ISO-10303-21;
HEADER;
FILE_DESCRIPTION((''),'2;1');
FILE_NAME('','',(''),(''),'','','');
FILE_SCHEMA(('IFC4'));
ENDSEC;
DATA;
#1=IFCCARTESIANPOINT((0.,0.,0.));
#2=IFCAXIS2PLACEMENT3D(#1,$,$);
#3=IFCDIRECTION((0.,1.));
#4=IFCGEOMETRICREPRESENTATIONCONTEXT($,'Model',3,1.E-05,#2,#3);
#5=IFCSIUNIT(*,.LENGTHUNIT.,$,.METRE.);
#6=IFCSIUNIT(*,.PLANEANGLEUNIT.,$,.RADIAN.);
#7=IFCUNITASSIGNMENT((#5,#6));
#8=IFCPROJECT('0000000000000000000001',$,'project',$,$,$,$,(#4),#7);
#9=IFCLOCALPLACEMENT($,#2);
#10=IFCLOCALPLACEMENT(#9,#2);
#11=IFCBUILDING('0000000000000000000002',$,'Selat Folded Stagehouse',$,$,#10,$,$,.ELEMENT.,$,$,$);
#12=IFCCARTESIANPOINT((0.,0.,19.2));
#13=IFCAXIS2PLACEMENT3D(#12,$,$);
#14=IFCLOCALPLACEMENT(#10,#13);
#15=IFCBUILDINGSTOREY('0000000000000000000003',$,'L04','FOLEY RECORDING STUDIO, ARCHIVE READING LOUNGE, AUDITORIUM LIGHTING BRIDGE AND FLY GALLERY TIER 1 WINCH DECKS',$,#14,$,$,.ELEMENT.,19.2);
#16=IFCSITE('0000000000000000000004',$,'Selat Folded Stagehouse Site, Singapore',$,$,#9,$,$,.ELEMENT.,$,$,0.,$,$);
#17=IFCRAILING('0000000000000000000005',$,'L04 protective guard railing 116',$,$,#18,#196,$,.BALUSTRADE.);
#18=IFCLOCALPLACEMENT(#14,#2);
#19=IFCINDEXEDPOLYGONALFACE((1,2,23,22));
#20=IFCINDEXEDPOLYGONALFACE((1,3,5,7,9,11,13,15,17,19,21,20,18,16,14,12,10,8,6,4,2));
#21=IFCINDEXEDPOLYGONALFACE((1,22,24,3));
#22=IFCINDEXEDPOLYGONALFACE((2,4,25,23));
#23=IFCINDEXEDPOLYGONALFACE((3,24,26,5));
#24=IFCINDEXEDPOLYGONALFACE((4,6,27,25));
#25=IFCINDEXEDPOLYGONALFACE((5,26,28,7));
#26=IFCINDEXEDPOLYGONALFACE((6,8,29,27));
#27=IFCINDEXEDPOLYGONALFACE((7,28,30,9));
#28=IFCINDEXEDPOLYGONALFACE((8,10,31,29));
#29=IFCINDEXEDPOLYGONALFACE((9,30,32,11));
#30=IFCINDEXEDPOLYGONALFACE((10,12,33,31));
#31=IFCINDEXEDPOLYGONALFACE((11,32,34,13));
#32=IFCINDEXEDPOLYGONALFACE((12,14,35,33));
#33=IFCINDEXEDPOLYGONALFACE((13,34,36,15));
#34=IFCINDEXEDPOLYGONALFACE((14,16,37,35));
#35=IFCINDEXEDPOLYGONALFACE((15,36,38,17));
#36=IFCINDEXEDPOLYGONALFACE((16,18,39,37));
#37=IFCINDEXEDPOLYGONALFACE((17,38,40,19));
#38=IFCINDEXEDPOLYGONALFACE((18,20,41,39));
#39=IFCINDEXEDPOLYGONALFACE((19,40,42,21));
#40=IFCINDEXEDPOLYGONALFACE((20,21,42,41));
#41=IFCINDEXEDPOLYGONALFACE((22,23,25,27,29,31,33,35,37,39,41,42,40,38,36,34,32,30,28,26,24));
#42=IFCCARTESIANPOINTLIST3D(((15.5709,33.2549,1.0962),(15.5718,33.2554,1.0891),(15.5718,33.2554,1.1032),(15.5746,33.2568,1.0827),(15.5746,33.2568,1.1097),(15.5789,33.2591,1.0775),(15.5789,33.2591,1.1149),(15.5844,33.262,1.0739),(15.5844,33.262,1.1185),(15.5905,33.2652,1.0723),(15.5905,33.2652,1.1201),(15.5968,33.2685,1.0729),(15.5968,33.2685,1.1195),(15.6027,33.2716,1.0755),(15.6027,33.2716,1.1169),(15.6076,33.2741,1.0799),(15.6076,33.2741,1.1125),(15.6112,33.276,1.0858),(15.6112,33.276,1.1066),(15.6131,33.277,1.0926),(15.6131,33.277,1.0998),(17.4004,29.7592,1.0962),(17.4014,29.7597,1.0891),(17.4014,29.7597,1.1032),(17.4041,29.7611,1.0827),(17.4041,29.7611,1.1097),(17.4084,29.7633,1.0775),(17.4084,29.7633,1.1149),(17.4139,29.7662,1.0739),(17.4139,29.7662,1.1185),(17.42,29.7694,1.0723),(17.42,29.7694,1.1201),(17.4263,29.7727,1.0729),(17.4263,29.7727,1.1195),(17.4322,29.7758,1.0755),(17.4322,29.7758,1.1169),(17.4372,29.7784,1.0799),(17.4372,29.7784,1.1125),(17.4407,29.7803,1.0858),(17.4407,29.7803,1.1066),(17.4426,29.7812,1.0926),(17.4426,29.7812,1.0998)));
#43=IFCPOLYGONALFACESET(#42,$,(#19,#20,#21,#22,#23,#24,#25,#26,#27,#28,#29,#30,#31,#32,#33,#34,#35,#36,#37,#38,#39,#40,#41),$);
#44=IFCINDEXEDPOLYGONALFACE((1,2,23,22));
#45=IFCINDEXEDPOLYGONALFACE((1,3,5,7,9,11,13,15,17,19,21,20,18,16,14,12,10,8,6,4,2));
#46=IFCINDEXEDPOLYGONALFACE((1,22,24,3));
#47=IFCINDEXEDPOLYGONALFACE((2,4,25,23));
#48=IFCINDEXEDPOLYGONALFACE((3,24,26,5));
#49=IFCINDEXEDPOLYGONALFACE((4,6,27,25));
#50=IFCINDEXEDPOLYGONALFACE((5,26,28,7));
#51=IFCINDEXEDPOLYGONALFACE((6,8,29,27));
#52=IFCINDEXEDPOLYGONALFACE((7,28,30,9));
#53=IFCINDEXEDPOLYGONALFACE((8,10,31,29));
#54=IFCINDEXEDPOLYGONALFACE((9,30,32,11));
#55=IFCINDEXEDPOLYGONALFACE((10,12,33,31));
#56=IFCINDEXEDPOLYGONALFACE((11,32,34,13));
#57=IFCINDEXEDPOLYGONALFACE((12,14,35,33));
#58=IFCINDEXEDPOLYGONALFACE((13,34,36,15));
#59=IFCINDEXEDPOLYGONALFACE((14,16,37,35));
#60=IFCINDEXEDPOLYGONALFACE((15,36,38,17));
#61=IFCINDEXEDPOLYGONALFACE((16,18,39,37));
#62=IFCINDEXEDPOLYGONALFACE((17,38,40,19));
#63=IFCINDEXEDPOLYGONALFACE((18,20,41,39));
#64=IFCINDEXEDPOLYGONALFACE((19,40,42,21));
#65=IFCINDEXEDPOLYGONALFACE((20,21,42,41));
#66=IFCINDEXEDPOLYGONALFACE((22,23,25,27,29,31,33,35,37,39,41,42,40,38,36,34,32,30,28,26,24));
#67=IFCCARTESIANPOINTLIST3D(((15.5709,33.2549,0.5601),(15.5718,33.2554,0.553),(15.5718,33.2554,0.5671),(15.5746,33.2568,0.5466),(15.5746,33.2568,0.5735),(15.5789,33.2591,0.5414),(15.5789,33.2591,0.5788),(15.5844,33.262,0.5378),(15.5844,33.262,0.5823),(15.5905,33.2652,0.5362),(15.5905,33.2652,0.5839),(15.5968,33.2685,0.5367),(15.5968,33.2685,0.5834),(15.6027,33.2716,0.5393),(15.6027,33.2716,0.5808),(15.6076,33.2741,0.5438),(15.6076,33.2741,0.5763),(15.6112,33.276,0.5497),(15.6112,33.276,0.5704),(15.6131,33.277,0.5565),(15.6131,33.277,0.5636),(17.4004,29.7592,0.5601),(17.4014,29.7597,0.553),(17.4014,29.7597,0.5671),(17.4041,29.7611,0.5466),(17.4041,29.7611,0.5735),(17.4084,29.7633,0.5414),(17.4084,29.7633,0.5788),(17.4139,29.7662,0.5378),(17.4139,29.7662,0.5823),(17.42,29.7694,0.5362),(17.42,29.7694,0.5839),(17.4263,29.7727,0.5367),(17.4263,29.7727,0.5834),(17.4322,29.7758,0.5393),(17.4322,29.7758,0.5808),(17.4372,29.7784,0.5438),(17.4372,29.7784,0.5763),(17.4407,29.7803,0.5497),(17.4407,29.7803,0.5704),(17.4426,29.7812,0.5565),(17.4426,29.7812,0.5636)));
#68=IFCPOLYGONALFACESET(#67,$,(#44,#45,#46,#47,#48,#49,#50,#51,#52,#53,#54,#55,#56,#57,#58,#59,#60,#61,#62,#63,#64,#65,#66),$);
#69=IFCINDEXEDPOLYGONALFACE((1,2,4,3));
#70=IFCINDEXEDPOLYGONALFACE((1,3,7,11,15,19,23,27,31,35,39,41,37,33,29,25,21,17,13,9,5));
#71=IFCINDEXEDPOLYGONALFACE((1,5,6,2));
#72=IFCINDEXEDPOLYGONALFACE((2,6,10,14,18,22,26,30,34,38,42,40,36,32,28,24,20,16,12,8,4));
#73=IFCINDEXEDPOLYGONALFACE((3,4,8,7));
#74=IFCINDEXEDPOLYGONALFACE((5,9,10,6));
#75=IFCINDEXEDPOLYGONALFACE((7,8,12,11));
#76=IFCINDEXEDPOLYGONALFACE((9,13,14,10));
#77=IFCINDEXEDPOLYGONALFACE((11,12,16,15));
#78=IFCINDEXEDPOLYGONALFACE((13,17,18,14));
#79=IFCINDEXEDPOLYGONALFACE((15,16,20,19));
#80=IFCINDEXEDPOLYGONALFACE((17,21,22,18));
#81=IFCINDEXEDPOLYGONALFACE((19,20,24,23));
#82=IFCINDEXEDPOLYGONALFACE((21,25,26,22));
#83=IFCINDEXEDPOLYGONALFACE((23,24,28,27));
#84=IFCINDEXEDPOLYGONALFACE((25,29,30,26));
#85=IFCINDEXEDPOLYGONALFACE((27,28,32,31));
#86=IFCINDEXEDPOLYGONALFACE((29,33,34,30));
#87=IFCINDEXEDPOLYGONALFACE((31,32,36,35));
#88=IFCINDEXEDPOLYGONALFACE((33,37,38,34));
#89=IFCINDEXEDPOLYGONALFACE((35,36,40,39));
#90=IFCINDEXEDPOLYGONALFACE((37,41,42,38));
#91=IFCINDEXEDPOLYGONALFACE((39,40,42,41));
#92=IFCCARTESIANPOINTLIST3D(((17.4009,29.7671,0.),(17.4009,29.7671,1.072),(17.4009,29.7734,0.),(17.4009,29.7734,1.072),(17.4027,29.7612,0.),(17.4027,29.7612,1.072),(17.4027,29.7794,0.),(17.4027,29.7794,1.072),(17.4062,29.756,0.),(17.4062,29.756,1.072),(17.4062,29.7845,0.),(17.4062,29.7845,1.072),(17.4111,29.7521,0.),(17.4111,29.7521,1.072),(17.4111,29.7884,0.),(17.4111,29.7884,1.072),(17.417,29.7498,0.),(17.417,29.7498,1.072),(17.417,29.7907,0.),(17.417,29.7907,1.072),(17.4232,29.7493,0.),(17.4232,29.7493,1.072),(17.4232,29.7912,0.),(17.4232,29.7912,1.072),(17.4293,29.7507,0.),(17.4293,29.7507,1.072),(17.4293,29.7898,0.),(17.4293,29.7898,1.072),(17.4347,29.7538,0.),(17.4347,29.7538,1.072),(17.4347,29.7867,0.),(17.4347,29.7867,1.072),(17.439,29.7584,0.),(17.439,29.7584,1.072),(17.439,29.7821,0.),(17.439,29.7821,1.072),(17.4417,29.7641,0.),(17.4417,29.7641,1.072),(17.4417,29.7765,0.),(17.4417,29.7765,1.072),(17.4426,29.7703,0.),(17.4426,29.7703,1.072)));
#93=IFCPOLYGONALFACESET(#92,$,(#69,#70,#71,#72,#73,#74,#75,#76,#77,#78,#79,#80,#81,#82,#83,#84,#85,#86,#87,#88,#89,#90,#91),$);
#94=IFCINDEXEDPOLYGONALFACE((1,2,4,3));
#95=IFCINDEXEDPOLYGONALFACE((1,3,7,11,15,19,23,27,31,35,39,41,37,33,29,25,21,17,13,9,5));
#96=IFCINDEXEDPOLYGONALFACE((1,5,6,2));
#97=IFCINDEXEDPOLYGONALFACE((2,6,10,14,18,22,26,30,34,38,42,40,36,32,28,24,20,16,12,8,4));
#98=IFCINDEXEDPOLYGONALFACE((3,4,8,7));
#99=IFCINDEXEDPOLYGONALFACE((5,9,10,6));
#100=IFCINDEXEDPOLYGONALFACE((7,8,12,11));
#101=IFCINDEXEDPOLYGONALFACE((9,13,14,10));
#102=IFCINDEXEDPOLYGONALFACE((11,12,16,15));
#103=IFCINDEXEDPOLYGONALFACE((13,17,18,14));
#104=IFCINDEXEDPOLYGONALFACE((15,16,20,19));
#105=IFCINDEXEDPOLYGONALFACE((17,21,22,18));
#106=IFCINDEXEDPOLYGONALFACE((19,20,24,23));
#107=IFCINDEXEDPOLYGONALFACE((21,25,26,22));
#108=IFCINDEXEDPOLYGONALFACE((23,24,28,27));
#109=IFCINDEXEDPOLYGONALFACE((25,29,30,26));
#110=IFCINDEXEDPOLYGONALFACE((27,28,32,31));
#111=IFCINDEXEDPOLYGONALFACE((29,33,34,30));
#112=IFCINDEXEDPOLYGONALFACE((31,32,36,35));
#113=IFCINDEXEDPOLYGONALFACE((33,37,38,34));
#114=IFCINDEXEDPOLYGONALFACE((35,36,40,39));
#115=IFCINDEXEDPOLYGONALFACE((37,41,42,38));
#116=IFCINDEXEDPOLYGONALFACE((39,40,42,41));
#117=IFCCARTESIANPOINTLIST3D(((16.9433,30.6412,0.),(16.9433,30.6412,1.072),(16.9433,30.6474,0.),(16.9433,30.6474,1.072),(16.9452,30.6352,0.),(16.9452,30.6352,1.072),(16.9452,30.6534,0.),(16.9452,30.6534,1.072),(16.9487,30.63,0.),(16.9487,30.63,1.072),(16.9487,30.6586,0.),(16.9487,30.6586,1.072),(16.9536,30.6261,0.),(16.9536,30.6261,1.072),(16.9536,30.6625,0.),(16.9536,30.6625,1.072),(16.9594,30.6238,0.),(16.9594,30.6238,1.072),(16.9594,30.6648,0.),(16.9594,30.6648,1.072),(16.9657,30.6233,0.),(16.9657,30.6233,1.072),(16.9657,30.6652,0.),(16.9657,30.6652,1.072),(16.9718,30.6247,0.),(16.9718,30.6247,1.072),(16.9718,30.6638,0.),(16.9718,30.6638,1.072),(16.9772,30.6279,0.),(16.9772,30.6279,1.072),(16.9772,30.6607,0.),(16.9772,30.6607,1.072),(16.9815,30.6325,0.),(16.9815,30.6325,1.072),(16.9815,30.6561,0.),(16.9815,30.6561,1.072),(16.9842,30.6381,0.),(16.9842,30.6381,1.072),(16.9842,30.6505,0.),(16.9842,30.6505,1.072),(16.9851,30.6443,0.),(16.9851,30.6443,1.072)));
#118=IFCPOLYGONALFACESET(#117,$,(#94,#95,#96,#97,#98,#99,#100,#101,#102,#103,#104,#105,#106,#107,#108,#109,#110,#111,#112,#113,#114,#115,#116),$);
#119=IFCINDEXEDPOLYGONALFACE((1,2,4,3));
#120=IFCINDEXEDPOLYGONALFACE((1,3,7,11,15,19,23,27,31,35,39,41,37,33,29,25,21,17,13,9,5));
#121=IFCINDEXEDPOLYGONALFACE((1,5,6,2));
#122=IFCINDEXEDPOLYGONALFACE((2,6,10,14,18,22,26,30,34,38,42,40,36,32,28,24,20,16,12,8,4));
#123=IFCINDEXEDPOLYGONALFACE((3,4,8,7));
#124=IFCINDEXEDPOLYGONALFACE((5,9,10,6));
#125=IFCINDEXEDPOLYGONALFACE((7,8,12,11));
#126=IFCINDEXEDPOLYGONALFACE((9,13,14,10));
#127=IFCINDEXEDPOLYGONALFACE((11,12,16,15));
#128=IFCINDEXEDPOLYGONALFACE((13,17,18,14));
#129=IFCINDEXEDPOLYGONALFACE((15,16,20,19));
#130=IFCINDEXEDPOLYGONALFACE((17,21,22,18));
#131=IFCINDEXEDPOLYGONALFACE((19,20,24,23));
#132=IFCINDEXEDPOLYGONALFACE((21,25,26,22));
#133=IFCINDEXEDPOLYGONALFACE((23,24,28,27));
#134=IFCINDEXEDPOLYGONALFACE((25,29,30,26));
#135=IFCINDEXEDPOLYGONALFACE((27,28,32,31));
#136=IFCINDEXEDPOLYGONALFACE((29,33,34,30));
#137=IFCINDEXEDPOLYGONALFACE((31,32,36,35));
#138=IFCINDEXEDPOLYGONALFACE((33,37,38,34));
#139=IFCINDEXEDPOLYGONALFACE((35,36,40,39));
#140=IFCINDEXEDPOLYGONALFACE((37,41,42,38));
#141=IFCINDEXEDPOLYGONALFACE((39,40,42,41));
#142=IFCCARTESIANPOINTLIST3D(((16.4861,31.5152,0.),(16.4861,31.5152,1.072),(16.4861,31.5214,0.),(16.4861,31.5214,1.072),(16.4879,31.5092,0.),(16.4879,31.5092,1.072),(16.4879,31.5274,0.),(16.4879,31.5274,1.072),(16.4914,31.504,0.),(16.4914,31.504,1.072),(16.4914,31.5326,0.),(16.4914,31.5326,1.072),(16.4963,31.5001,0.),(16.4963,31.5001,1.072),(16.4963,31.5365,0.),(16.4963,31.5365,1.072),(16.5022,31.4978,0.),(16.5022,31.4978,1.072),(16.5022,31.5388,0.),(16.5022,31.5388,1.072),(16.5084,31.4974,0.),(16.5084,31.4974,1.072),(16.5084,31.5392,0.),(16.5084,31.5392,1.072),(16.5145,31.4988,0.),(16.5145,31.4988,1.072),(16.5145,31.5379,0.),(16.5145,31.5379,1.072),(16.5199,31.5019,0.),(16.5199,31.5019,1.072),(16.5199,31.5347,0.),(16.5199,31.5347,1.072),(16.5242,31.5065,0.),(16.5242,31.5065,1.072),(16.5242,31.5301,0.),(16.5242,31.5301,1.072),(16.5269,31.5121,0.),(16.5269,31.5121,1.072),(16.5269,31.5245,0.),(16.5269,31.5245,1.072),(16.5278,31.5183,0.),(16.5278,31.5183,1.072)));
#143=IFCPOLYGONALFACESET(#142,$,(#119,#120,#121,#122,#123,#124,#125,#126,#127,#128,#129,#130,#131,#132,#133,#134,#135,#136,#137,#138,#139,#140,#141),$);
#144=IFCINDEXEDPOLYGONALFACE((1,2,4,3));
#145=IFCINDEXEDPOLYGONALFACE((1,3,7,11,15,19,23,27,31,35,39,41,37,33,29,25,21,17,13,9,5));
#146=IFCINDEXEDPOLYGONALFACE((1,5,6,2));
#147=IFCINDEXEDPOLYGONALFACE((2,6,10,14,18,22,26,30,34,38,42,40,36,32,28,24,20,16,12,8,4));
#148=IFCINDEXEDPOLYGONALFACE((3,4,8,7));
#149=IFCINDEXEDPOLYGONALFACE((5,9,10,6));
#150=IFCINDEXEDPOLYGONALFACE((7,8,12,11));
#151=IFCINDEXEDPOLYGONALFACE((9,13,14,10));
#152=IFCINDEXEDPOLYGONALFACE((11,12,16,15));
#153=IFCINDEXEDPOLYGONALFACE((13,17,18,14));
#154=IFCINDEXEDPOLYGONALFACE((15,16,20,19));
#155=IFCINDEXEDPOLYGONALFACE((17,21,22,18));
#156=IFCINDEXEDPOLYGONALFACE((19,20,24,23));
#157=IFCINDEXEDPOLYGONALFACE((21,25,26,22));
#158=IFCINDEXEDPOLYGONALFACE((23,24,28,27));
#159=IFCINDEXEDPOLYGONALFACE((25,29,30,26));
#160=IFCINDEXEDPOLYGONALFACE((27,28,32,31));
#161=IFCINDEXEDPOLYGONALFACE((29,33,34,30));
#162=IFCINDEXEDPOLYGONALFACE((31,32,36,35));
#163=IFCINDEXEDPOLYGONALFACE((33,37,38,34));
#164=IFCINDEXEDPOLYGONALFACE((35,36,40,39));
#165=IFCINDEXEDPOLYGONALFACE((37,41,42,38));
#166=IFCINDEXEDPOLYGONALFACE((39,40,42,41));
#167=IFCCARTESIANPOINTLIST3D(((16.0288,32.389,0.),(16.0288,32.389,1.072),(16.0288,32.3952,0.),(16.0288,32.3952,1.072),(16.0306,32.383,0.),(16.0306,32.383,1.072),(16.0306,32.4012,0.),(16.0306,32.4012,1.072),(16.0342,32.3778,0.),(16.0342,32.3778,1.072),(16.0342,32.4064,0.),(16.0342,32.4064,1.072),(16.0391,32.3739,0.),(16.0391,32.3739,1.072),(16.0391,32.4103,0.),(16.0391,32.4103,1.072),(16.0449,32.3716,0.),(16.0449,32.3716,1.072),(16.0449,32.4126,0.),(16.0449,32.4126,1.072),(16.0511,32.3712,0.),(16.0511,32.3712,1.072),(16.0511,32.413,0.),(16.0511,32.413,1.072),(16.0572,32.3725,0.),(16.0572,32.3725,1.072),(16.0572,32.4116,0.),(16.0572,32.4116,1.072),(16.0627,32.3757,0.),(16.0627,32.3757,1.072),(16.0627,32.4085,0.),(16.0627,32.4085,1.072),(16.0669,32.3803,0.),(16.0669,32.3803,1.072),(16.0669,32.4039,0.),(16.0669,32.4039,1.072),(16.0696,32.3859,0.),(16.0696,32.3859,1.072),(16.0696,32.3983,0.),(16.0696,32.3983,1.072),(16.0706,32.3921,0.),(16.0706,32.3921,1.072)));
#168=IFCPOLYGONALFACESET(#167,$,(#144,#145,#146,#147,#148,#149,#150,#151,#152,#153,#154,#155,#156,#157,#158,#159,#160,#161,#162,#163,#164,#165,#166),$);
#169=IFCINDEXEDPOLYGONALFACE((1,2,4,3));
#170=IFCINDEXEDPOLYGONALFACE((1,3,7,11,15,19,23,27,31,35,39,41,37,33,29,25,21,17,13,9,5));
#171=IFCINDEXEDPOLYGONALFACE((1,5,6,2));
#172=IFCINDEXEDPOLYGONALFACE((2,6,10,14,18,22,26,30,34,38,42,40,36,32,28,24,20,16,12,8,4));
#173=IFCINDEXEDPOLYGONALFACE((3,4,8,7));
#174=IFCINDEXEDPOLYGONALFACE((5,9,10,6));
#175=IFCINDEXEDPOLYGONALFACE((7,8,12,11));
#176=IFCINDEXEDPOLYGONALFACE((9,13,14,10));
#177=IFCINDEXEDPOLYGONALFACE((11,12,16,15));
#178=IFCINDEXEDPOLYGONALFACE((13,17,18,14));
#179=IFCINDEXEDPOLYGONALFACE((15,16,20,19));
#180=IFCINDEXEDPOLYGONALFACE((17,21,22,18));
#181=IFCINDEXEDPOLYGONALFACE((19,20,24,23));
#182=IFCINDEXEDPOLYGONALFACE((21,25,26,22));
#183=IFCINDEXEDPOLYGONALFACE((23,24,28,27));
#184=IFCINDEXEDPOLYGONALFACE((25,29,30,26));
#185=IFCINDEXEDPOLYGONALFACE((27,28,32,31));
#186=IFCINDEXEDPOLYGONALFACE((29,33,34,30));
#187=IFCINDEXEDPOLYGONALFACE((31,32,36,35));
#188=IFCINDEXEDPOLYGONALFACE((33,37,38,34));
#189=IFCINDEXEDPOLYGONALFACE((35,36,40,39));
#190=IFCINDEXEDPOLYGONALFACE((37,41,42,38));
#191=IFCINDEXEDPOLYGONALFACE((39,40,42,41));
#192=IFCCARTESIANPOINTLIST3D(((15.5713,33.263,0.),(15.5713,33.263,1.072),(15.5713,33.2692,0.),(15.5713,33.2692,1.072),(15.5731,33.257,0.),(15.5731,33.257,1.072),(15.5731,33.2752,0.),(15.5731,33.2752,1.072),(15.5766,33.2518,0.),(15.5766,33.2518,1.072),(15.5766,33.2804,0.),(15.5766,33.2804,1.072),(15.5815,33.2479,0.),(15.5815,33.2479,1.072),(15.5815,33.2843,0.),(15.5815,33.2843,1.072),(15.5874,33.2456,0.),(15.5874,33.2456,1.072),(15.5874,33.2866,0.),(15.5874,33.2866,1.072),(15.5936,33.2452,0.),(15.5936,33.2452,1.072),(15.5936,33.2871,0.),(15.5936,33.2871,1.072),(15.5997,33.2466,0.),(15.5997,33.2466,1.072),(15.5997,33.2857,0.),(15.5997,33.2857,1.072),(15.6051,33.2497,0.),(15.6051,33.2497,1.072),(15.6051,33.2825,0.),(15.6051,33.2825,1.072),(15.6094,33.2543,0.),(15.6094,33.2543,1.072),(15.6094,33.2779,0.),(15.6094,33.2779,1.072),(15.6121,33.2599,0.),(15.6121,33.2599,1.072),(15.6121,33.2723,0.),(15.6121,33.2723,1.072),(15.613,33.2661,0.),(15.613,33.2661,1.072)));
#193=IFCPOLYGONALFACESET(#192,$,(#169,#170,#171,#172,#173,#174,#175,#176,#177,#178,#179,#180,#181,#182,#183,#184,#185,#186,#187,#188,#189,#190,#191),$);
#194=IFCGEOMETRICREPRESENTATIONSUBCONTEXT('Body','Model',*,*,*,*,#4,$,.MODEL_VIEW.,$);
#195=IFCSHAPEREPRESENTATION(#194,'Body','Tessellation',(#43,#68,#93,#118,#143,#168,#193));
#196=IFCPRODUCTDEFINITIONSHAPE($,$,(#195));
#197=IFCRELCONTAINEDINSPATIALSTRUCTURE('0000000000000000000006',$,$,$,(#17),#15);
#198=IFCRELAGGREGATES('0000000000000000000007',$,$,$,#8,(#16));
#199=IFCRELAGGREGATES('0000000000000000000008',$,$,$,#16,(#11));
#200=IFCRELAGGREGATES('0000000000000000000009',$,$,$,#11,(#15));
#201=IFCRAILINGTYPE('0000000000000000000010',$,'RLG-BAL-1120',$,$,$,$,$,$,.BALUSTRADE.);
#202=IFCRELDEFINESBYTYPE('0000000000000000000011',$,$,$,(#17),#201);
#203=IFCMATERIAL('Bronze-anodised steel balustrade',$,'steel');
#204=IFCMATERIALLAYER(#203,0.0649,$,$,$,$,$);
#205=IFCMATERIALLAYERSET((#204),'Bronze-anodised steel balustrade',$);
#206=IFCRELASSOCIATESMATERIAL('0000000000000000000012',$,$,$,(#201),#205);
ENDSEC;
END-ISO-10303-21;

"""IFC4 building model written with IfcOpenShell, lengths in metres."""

from ifc_helpers import new_model, si_unit, direction, frame, origin, origin_2d, place, context, subcontext, project, spatial, circle, extrude, material, layer, layer_set, type_object, element, save


model = new_model("IFC4")

# Units and contexts
model_context = context("Model", 3, precision=1e-05, world=origin(), true_north=direction((0.0, 1.0)))
body_context = subcontext(model_context, "Body", "Model", "MODEL_VIEW")
ifc_project = project(units=[si_unit("LENGTHUNIT", "METRE"), si_unit("PLANEANGLEUNIT", "RADIAN")], contexts=[model_context])

# Site, building, storey
site_placement = place(None, origin())
site = spatial("IfcSite", under=ifc_project, at=site_placement, Name="Selat Folded Stagehouse Site, Singapore", CompositionType="ELEMENT", RefElevation=0.0)
building_placement = place(site_placement, origin())
building = spatial("IfcBuilding", under=site, at=building_placement, Name="Selat Folded Stagehouse", CompositionType="ELEMENT")
storey_placement = place(building_placement, frame((0.0, 0.0, 19.2)))
storey = spatial("IfcBuildingStorey", under=building, at=storey_placement, Name="L04", Description="FOLEY RECORDING STUDIO, ARCHIVE READING LOUNGE, AUDITORIUM LIGHTING BRIDGE AND FLY GALLERY TIER 1 WINCH DECKS", CompositionType="ELEMENT", Elevation=19.2)

# Railing
ifc_material_1 = material(Name="Bronze-anodised steel balustrade", Category="steel")
ifc_layer_1 = layer(ifc_material_1, 0.0649)
ifc_layer_set_1 = layer_set([ifc_layer_1], Name="Bronze-anodised steel balustrade")
railing_type = type_object("IfcRailingType", Name="RLG-BAL-1120", PredefinedType="BALUSTRADE", material=ifc_layer_set_1)
railing_1_placement = place(storey_placement, frame((17.4216, 29.7703, 0.0)))
element("IfcRailing", 1, at=railing_1_placement, inside=storey, type_object=railing_type, Name="L04 protective guard railing 116", PredefinedType="BALUSTRADE", context=body_context, shape_type="SweptSolid", body=[
    extrude(circle(Radius=0.0239, at=origin_2d()), frame((0.0, 0.0, 1.0962), z_axis=(-0.463695, 0.885995, 0.0), x_axis=(-0.885995, -0.463695, 0.0)), (0.0, 0.0, 1.0), 3.9456),
    extrude(circle(Radius=0.0239, at=origin_2d()), frame((0.0, 0.0, 0.5601), z_axis=(-0.463695, 0.885995, 0.0), x_axis=(-0.885995, -0.463695, 0.0)), (0.0, 0.0, 1.0), 3.9456),
    extrude(circle(Radius=0.021, at=origin_2d()), origin(), (0.0, 0.0, 1.0), 1.072),
    extrude(circle(Radius=0.021, at=origin_2d()), frame((-0.4575, 0.874, 0.0)), (0.0, 0.0, 1.0), 1.072),
    extrude(circle(Radius=0.021, at=origin_2d()), frame((-0.9148, 1.748, 0.0)), (0.0, 0.0, 1.0), 1.072),
    extrude(circle(Radius=0.021, at=origin_2d()), frame((-1.3721, 2.6218, 0.0)), (0.0, 0.0, 1.0), 1.072),
    extrude(circle(Radius=0.021, at=origin_2d()), frame((-1.8296, 3.4958, 0.0)), (0.0, 0.0, 1.0), 1.072),
])

save(model, "model.ifc")
